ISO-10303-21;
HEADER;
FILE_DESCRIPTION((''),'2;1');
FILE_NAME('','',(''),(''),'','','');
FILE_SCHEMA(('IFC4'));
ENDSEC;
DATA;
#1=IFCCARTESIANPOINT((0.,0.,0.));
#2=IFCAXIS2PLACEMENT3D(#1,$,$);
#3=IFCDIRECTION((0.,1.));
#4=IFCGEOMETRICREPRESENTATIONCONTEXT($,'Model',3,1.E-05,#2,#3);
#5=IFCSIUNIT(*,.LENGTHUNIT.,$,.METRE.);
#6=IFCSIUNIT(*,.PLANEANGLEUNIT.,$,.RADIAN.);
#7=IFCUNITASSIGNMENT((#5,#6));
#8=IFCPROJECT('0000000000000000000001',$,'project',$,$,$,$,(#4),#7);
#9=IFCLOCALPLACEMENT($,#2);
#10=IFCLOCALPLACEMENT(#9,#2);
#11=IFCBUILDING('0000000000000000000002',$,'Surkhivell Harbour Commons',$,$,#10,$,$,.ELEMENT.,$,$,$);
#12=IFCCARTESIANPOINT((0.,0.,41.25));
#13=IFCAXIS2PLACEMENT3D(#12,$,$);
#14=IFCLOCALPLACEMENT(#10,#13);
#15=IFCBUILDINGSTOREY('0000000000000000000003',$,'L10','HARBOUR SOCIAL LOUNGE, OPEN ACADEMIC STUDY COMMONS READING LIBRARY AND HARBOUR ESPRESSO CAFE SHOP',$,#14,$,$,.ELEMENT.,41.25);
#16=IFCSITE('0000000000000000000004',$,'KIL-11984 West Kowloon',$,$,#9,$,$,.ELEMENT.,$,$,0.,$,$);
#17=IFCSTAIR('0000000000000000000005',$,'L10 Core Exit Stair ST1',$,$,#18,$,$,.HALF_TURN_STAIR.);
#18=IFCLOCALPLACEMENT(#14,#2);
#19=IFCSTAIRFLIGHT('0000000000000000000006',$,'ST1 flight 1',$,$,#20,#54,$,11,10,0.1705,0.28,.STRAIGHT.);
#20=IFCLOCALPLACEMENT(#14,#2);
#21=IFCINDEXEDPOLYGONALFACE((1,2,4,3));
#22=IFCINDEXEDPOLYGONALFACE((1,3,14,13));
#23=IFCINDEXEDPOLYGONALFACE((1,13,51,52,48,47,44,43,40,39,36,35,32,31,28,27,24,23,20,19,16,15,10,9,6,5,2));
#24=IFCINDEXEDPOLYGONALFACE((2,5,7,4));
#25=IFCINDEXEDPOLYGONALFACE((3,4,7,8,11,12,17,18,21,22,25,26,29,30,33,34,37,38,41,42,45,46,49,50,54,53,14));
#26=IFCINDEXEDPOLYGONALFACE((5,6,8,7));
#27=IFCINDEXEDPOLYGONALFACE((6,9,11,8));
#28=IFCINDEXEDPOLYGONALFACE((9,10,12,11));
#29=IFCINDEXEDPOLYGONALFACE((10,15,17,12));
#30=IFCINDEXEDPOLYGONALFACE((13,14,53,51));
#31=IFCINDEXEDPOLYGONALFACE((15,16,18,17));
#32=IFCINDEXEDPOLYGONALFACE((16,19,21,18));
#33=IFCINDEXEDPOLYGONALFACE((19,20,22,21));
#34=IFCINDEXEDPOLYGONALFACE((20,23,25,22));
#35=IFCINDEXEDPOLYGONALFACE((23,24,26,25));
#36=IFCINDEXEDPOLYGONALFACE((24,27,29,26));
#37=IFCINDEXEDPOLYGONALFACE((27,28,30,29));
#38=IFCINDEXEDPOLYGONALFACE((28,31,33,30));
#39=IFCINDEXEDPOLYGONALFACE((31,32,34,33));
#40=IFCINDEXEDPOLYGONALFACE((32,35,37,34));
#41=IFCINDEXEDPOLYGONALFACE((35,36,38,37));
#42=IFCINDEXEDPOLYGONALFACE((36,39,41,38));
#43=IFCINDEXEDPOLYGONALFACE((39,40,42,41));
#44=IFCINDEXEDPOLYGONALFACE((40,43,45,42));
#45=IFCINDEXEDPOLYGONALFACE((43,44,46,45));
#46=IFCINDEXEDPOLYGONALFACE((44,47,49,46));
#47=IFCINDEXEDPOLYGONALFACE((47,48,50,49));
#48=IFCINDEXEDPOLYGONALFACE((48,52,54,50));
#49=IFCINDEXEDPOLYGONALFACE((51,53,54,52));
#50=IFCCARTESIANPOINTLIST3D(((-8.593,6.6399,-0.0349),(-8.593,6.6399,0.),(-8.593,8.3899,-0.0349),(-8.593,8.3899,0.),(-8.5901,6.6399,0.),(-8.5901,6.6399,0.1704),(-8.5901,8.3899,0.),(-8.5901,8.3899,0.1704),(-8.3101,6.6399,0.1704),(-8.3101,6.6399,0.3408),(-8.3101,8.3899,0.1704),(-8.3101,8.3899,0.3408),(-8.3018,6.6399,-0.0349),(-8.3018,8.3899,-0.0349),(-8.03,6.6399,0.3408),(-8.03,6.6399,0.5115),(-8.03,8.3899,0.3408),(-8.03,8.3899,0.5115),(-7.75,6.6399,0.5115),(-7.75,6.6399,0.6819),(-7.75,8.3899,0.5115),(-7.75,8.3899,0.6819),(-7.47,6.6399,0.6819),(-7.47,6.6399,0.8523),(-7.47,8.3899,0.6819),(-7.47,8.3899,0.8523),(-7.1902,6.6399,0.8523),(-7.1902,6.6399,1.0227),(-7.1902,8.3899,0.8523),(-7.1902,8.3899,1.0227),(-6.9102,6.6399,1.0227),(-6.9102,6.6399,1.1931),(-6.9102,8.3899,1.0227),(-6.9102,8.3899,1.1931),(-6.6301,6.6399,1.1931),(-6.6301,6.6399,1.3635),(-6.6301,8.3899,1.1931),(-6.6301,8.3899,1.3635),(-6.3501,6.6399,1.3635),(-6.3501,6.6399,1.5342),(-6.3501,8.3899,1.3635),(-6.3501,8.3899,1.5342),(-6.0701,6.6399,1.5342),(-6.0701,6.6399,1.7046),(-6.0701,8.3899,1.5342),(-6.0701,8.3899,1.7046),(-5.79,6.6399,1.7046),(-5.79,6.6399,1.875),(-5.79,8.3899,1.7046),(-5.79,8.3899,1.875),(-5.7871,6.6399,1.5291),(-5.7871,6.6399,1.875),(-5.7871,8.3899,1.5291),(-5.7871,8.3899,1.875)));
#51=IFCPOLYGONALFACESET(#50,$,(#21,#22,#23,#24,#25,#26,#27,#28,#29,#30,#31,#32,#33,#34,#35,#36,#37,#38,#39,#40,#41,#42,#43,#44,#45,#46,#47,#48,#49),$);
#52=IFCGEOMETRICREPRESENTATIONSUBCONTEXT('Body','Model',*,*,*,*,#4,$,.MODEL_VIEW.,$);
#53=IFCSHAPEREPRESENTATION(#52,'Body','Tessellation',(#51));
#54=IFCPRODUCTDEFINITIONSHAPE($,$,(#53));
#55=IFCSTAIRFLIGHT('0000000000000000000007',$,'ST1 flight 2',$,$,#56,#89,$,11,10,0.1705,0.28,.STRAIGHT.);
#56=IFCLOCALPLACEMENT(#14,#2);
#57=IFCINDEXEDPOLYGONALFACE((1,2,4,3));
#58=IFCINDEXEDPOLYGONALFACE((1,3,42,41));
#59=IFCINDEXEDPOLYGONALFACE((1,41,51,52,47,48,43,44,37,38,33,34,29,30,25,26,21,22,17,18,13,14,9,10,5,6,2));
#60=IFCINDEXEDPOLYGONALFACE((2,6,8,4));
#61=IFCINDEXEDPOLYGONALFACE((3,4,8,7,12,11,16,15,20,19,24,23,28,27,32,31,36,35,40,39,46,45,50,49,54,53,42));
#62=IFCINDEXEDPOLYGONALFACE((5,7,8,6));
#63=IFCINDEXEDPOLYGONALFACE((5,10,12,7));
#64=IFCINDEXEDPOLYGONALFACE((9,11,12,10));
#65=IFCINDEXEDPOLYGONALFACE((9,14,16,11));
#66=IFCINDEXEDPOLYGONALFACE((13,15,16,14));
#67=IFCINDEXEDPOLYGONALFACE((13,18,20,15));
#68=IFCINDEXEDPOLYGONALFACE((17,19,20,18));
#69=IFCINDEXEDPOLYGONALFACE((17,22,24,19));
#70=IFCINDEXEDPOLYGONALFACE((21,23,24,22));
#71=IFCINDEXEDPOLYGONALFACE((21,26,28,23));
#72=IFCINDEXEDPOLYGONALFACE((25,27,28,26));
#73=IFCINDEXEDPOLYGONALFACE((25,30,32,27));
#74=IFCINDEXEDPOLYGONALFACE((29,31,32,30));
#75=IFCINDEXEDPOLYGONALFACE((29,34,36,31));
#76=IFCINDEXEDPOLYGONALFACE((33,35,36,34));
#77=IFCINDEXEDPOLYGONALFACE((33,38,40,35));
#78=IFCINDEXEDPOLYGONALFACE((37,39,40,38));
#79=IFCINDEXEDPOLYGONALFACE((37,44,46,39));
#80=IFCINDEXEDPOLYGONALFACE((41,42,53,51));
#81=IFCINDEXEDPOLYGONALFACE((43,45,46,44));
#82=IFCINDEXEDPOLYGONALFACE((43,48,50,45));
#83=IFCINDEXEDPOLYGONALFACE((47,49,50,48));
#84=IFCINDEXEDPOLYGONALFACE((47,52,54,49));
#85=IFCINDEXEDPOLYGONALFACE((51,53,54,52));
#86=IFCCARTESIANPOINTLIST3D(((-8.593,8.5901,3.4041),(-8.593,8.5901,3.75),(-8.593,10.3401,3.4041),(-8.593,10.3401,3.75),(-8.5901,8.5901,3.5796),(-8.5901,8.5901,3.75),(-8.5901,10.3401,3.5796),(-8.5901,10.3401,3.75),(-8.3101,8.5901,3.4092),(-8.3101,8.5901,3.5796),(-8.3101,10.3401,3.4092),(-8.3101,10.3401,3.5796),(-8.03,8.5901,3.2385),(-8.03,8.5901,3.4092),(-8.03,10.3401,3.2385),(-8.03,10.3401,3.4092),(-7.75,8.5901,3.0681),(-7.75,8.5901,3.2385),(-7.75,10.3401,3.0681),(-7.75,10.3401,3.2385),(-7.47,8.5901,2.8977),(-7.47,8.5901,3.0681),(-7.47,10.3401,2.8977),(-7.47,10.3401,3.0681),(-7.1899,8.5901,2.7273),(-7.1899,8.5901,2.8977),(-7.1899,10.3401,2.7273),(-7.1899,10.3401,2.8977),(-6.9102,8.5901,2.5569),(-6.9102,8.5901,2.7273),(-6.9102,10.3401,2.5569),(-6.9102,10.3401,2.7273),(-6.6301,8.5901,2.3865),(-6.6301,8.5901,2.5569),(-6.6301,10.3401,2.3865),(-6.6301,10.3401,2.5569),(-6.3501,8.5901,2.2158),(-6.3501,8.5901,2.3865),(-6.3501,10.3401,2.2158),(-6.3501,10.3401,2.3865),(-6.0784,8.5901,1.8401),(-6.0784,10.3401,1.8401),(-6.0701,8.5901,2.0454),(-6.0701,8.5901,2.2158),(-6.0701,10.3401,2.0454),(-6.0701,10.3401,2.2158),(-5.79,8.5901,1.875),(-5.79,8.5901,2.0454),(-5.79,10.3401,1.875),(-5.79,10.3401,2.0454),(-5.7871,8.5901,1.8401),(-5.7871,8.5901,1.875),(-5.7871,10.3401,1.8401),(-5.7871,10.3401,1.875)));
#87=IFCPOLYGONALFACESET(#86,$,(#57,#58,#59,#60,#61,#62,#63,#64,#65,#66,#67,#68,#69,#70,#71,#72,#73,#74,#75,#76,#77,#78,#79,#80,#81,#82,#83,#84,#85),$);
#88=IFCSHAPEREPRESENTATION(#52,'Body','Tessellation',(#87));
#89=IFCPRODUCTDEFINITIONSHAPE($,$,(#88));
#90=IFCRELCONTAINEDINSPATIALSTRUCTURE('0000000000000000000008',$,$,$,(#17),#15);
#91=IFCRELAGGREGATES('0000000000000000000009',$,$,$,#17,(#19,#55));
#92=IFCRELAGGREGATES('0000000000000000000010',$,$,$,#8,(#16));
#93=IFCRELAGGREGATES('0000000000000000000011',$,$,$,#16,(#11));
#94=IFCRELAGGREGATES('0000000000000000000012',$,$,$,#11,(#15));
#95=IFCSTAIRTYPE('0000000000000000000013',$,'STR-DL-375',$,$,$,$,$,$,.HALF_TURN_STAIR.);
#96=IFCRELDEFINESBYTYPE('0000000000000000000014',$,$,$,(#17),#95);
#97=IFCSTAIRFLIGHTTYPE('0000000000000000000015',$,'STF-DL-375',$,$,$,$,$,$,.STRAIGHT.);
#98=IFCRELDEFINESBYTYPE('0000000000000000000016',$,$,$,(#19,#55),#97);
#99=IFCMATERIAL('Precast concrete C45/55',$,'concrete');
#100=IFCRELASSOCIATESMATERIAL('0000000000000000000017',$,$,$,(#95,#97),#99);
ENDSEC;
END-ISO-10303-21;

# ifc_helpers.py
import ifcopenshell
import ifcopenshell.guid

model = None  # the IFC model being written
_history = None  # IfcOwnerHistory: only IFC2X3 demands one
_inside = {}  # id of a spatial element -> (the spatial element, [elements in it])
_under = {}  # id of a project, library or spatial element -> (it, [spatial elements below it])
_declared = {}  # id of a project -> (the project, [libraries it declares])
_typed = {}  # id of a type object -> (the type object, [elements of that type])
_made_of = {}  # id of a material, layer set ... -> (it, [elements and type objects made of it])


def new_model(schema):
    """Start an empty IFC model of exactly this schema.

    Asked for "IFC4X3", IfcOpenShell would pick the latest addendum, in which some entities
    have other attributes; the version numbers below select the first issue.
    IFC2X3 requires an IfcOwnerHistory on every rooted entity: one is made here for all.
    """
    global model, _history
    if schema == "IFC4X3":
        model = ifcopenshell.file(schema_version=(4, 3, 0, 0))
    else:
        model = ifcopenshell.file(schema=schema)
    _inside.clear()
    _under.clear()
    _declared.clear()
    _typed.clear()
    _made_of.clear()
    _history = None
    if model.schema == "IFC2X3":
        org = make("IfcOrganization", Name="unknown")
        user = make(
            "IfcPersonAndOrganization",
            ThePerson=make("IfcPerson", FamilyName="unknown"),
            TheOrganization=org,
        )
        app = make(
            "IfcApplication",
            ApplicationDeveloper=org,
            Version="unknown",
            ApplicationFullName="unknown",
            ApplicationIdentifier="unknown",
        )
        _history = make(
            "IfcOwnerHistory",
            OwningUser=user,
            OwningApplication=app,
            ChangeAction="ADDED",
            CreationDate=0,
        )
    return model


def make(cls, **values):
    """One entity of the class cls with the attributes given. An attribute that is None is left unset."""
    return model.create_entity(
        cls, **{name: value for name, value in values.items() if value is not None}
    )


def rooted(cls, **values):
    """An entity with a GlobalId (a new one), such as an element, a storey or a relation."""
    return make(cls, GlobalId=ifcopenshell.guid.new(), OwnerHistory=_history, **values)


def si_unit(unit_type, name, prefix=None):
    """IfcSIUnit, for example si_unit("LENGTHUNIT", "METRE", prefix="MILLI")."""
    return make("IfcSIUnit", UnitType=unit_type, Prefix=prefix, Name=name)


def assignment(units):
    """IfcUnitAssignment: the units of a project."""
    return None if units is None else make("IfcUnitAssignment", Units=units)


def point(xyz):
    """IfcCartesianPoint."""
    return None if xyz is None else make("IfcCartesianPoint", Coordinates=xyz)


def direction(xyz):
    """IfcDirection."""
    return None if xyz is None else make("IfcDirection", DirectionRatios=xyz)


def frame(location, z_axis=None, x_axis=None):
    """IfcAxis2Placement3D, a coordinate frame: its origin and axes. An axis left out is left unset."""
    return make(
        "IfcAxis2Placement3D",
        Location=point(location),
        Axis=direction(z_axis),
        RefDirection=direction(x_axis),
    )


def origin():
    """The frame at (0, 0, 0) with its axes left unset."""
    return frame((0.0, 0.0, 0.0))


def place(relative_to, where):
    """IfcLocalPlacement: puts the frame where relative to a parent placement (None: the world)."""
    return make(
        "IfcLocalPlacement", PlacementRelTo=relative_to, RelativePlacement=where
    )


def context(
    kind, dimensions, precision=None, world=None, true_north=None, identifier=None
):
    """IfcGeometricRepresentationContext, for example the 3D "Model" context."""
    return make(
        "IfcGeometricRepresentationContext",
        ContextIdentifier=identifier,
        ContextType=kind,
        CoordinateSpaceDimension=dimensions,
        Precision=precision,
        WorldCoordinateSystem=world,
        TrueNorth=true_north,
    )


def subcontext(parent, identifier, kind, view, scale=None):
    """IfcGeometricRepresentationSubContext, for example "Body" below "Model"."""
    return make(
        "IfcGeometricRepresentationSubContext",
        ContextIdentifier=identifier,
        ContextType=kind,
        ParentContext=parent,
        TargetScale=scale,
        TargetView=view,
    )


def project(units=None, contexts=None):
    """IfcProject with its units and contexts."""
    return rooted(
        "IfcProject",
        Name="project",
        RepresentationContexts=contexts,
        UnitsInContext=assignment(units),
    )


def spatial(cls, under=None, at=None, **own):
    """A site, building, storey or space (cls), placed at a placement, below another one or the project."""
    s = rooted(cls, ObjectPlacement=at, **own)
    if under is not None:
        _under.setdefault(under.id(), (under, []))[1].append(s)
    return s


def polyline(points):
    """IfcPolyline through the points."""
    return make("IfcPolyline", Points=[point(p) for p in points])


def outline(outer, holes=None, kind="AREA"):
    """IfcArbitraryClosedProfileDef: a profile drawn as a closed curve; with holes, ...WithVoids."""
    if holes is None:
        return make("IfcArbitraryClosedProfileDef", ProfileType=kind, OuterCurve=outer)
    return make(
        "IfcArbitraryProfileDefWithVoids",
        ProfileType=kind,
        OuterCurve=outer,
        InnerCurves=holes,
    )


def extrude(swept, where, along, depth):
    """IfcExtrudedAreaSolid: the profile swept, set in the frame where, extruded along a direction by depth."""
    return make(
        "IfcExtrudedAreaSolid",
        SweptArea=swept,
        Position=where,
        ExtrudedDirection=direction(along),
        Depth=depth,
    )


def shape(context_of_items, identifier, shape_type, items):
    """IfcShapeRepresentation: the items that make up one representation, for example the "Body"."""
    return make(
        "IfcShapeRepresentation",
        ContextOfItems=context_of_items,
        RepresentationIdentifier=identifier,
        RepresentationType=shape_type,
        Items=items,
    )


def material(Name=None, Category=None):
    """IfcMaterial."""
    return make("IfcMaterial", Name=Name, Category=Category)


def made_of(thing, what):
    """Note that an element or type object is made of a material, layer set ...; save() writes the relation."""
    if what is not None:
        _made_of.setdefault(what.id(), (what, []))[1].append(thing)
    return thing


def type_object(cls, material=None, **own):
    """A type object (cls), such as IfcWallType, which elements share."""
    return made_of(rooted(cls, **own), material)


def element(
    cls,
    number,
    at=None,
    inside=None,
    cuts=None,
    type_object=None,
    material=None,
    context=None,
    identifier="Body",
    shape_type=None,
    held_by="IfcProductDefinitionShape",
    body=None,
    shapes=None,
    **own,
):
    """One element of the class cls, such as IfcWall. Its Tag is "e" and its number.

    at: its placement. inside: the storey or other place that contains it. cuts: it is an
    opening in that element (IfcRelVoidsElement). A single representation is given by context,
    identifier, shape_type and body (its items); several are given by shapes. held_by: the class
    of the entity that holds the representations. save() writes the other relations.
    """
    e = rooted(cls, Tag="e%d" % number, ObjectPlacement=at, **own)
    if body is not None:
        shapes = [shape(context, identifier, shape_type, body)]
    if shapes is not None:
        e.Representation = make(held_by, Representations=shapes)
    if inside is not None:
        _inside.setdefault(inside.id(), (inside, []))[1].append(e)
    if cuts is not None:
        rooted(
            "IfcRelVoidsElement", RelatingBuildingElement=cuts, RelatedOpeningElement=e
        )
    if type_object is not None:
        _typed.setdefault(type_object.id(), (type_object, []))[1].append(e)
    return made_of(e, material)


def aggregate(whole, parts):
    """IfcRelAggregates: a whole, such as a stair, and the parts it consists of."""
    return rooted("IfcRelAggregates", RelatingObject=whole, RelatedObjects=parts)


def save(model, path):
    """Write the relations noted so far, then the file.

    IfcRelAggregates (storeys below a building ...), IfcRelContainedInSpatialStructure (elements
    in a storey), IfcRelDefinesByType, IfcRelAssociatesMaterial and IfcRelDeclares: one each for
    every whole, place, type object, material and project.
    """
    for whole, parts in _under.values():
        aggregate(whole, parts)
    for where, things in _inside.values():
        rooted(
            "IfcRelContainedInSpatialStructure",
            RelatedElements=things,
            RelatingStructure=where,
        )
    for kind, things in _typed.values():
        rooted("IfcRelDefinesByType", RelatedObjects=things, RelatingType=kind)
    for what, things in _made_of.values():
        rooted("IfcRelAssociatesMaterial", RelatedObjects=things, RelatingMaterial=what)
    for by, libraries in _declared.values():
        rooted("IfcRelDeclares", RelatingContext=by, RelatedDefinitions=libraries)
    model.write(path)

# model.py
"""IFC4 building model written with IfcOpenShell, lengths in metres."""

from ifc_helpers import new_model, si_unit, direction, frame, origin, place, context, subcontext, project, spatial, polyline, outline, extrude, material, type_object, element, aggregate, save


model = new_model("IFC4")

# Units and contexts
model_context = context("Model", 3, precision=1e-05, world=origin(), true_north=direction((0.0, 1.0)))
body_context = subcontext(model_context, "Body", "Model", "MODEL_VIEW")
ifc_project = project(units=[si_unit("LENGTHUNIT", "METRE"), si_unit("PLANEANGLEUNIT", "RADIAN")], contexts=[model_context])

# Site, building, storey
site_placement = place(None, origin())
site = spatial("IfcSite", under=ifc_project, at=site_placement, Name="KIL-11984 West Kowloon", CompositionType="ELEMENT", RefElevation=0.0)
building_placement = place(site_placement, origin())
building = spatial("IfcBuilding", under=site, at=building_placement, Name="Surkhivell Harbour Commons", CompositionType="ELEMENT")
storey_placement = place(building_placement, frame((0.0, 0.0, 41.25)))
storey = spatial("IfcBuildingStorey", under=building, at=storey_placement, Name="L10", Description="HARBOUR SOCIAL LOUNGE, OPEN ACADEMIC STUDY COMMONS READING LIBRARY AND HARBOUR ESPRESSO CAFE SHOP", CompositionType="ELEMENT", Elevation=41.25)

# Stair, stair flights
ifc_material_1 = material(Name="Precast concrete C45/55", Category="concrete")
stair_type = type_object("IfcStairType", Name="STR-DL-375", PredefinedType="HALF_TURN_STAIR", material=ifc_material_1)
stair_placement = place(storey_placement, origin())
stair = element("IfcStair", 1, at=stair_placement, inside=storey, type_object=stair_type, Name="L10 Core Exit Stair ST1", PredefinedType="HALF_TURN_STAIR")
stair_flight_type = type_object("IfcStairFlightType", Name="STF-DL-375", PredefinedType="STRAIGHT", material=ifc_material_1)
stair_flight_1_placement = place(storey_placement, frame((-8.5901, 7.5149, 0.0), z_axis=(0.0, 0.0, 1.0), x_axis=(1.0, 0.0, 0.0)))
stair_flight_1 = element("IfcStairFlight", 2, at=stair_flight_1_placement, type_object=stair_flight_type, Name="ST1 flight 1", NumberOfRisers=11, NumberOfTreads=10, PredefinedType="STRAIGHT", RiserHeight=0.1705, TreadLength=0.28, context=body_context, shape_type="SweptSolid", body=[
    extrude(outline(polyline([(-0.0029, -0.0349), (-0.0029, 0.0), (0.0, 0.0), (0.0, 0.1704), (0.28, 0.1704), (0.28, 0.3408), (0.5601, 0.3408), (0.5601, 0.5115), (0.8401, 0.5115), (0.8401, 0.6819), (1.1201, 0.6819), (1.1201, 0.8523), (1.3999, 0.8523), (1.3999, 1.0227), (1.6799, 1.0227), (1.6799, 1.1931), (1.96, 1.1931), (1.96, 1.3635), (2.24, 1.3635), (2.24, 1.5342), (2.52, 1.5342), (2.52, 1.7046), (2.8, 1.7046), (2.8, 1.875), (2.803, 1.875), (2.803, 1.5291), (0.2883, -0.0349), (-0.0029, -0.0349)])), frame((0.0, 0.875, 0.0), z_axis=(0.0, -1.0, 0.0), x_axis=(1.0, 0.0, 0.0)), (0.0, 0.0, 1.0), 1.75),
])
stair_flight_2_placement = place(storey_placement, frame((-5.79, 9.4651, 1.875), z_axis=(0.0, 0.0, 1.0), x_axis=(-1.0, 0.0, 0.0)))
stair_flight_2 = element("IfcStairFlight", 3, at=stair_flight_2_placement, type_object=stair_flight_type, Name="ST1 flight 2", NumberOfRisers=11, NumberOfTreads=10, PredefinedType="STRAIGHT", RiserHeight=0.1705, TreadLength=0.28, context=body_context, shape_type="SweptSolid", body=[
    extrude(outline(polyline([(-0.0029, -0.0349), (-0.0029, 0.0), (0.0, 0.0), (0.0, 0.1704), (0.28, 0.1704), (0.28, 0.3408), (0.5601, 0.3408), (0.5601, 0.5115), (0.8401, 0.5115), (0.8401, 0.6819), (1.1201, 0.6819), (1.1201, 0.8523), (1.3999, 0.8523), (1.3999, 1.0227), (1.6799, 1.0227), (1.6799, 1.1931), (1.96, 1.1931), (1.96, 1.3635), (2.24, 1.3635), (2.24, 1.5342), (2.52, 1.5342), (2.52, 1.7046), (2.8, 1.7046), (2.8, 1.875), (2.803, 1.875), (2.803, 1.5291), (0.2883, -0.0349), (-0.0029, -0.0349)])), frame((0.0, 0.875, 0.0), z_axis=(0.0, -1.0, 0.0), x_axis=(1.0, 0.0, 0.0)), (0.0, 0.0, 1.0), 1.75),
])
aggregate(stair, [stair_flight_1, stair_flight_2])

save(model, "model.ifc")
